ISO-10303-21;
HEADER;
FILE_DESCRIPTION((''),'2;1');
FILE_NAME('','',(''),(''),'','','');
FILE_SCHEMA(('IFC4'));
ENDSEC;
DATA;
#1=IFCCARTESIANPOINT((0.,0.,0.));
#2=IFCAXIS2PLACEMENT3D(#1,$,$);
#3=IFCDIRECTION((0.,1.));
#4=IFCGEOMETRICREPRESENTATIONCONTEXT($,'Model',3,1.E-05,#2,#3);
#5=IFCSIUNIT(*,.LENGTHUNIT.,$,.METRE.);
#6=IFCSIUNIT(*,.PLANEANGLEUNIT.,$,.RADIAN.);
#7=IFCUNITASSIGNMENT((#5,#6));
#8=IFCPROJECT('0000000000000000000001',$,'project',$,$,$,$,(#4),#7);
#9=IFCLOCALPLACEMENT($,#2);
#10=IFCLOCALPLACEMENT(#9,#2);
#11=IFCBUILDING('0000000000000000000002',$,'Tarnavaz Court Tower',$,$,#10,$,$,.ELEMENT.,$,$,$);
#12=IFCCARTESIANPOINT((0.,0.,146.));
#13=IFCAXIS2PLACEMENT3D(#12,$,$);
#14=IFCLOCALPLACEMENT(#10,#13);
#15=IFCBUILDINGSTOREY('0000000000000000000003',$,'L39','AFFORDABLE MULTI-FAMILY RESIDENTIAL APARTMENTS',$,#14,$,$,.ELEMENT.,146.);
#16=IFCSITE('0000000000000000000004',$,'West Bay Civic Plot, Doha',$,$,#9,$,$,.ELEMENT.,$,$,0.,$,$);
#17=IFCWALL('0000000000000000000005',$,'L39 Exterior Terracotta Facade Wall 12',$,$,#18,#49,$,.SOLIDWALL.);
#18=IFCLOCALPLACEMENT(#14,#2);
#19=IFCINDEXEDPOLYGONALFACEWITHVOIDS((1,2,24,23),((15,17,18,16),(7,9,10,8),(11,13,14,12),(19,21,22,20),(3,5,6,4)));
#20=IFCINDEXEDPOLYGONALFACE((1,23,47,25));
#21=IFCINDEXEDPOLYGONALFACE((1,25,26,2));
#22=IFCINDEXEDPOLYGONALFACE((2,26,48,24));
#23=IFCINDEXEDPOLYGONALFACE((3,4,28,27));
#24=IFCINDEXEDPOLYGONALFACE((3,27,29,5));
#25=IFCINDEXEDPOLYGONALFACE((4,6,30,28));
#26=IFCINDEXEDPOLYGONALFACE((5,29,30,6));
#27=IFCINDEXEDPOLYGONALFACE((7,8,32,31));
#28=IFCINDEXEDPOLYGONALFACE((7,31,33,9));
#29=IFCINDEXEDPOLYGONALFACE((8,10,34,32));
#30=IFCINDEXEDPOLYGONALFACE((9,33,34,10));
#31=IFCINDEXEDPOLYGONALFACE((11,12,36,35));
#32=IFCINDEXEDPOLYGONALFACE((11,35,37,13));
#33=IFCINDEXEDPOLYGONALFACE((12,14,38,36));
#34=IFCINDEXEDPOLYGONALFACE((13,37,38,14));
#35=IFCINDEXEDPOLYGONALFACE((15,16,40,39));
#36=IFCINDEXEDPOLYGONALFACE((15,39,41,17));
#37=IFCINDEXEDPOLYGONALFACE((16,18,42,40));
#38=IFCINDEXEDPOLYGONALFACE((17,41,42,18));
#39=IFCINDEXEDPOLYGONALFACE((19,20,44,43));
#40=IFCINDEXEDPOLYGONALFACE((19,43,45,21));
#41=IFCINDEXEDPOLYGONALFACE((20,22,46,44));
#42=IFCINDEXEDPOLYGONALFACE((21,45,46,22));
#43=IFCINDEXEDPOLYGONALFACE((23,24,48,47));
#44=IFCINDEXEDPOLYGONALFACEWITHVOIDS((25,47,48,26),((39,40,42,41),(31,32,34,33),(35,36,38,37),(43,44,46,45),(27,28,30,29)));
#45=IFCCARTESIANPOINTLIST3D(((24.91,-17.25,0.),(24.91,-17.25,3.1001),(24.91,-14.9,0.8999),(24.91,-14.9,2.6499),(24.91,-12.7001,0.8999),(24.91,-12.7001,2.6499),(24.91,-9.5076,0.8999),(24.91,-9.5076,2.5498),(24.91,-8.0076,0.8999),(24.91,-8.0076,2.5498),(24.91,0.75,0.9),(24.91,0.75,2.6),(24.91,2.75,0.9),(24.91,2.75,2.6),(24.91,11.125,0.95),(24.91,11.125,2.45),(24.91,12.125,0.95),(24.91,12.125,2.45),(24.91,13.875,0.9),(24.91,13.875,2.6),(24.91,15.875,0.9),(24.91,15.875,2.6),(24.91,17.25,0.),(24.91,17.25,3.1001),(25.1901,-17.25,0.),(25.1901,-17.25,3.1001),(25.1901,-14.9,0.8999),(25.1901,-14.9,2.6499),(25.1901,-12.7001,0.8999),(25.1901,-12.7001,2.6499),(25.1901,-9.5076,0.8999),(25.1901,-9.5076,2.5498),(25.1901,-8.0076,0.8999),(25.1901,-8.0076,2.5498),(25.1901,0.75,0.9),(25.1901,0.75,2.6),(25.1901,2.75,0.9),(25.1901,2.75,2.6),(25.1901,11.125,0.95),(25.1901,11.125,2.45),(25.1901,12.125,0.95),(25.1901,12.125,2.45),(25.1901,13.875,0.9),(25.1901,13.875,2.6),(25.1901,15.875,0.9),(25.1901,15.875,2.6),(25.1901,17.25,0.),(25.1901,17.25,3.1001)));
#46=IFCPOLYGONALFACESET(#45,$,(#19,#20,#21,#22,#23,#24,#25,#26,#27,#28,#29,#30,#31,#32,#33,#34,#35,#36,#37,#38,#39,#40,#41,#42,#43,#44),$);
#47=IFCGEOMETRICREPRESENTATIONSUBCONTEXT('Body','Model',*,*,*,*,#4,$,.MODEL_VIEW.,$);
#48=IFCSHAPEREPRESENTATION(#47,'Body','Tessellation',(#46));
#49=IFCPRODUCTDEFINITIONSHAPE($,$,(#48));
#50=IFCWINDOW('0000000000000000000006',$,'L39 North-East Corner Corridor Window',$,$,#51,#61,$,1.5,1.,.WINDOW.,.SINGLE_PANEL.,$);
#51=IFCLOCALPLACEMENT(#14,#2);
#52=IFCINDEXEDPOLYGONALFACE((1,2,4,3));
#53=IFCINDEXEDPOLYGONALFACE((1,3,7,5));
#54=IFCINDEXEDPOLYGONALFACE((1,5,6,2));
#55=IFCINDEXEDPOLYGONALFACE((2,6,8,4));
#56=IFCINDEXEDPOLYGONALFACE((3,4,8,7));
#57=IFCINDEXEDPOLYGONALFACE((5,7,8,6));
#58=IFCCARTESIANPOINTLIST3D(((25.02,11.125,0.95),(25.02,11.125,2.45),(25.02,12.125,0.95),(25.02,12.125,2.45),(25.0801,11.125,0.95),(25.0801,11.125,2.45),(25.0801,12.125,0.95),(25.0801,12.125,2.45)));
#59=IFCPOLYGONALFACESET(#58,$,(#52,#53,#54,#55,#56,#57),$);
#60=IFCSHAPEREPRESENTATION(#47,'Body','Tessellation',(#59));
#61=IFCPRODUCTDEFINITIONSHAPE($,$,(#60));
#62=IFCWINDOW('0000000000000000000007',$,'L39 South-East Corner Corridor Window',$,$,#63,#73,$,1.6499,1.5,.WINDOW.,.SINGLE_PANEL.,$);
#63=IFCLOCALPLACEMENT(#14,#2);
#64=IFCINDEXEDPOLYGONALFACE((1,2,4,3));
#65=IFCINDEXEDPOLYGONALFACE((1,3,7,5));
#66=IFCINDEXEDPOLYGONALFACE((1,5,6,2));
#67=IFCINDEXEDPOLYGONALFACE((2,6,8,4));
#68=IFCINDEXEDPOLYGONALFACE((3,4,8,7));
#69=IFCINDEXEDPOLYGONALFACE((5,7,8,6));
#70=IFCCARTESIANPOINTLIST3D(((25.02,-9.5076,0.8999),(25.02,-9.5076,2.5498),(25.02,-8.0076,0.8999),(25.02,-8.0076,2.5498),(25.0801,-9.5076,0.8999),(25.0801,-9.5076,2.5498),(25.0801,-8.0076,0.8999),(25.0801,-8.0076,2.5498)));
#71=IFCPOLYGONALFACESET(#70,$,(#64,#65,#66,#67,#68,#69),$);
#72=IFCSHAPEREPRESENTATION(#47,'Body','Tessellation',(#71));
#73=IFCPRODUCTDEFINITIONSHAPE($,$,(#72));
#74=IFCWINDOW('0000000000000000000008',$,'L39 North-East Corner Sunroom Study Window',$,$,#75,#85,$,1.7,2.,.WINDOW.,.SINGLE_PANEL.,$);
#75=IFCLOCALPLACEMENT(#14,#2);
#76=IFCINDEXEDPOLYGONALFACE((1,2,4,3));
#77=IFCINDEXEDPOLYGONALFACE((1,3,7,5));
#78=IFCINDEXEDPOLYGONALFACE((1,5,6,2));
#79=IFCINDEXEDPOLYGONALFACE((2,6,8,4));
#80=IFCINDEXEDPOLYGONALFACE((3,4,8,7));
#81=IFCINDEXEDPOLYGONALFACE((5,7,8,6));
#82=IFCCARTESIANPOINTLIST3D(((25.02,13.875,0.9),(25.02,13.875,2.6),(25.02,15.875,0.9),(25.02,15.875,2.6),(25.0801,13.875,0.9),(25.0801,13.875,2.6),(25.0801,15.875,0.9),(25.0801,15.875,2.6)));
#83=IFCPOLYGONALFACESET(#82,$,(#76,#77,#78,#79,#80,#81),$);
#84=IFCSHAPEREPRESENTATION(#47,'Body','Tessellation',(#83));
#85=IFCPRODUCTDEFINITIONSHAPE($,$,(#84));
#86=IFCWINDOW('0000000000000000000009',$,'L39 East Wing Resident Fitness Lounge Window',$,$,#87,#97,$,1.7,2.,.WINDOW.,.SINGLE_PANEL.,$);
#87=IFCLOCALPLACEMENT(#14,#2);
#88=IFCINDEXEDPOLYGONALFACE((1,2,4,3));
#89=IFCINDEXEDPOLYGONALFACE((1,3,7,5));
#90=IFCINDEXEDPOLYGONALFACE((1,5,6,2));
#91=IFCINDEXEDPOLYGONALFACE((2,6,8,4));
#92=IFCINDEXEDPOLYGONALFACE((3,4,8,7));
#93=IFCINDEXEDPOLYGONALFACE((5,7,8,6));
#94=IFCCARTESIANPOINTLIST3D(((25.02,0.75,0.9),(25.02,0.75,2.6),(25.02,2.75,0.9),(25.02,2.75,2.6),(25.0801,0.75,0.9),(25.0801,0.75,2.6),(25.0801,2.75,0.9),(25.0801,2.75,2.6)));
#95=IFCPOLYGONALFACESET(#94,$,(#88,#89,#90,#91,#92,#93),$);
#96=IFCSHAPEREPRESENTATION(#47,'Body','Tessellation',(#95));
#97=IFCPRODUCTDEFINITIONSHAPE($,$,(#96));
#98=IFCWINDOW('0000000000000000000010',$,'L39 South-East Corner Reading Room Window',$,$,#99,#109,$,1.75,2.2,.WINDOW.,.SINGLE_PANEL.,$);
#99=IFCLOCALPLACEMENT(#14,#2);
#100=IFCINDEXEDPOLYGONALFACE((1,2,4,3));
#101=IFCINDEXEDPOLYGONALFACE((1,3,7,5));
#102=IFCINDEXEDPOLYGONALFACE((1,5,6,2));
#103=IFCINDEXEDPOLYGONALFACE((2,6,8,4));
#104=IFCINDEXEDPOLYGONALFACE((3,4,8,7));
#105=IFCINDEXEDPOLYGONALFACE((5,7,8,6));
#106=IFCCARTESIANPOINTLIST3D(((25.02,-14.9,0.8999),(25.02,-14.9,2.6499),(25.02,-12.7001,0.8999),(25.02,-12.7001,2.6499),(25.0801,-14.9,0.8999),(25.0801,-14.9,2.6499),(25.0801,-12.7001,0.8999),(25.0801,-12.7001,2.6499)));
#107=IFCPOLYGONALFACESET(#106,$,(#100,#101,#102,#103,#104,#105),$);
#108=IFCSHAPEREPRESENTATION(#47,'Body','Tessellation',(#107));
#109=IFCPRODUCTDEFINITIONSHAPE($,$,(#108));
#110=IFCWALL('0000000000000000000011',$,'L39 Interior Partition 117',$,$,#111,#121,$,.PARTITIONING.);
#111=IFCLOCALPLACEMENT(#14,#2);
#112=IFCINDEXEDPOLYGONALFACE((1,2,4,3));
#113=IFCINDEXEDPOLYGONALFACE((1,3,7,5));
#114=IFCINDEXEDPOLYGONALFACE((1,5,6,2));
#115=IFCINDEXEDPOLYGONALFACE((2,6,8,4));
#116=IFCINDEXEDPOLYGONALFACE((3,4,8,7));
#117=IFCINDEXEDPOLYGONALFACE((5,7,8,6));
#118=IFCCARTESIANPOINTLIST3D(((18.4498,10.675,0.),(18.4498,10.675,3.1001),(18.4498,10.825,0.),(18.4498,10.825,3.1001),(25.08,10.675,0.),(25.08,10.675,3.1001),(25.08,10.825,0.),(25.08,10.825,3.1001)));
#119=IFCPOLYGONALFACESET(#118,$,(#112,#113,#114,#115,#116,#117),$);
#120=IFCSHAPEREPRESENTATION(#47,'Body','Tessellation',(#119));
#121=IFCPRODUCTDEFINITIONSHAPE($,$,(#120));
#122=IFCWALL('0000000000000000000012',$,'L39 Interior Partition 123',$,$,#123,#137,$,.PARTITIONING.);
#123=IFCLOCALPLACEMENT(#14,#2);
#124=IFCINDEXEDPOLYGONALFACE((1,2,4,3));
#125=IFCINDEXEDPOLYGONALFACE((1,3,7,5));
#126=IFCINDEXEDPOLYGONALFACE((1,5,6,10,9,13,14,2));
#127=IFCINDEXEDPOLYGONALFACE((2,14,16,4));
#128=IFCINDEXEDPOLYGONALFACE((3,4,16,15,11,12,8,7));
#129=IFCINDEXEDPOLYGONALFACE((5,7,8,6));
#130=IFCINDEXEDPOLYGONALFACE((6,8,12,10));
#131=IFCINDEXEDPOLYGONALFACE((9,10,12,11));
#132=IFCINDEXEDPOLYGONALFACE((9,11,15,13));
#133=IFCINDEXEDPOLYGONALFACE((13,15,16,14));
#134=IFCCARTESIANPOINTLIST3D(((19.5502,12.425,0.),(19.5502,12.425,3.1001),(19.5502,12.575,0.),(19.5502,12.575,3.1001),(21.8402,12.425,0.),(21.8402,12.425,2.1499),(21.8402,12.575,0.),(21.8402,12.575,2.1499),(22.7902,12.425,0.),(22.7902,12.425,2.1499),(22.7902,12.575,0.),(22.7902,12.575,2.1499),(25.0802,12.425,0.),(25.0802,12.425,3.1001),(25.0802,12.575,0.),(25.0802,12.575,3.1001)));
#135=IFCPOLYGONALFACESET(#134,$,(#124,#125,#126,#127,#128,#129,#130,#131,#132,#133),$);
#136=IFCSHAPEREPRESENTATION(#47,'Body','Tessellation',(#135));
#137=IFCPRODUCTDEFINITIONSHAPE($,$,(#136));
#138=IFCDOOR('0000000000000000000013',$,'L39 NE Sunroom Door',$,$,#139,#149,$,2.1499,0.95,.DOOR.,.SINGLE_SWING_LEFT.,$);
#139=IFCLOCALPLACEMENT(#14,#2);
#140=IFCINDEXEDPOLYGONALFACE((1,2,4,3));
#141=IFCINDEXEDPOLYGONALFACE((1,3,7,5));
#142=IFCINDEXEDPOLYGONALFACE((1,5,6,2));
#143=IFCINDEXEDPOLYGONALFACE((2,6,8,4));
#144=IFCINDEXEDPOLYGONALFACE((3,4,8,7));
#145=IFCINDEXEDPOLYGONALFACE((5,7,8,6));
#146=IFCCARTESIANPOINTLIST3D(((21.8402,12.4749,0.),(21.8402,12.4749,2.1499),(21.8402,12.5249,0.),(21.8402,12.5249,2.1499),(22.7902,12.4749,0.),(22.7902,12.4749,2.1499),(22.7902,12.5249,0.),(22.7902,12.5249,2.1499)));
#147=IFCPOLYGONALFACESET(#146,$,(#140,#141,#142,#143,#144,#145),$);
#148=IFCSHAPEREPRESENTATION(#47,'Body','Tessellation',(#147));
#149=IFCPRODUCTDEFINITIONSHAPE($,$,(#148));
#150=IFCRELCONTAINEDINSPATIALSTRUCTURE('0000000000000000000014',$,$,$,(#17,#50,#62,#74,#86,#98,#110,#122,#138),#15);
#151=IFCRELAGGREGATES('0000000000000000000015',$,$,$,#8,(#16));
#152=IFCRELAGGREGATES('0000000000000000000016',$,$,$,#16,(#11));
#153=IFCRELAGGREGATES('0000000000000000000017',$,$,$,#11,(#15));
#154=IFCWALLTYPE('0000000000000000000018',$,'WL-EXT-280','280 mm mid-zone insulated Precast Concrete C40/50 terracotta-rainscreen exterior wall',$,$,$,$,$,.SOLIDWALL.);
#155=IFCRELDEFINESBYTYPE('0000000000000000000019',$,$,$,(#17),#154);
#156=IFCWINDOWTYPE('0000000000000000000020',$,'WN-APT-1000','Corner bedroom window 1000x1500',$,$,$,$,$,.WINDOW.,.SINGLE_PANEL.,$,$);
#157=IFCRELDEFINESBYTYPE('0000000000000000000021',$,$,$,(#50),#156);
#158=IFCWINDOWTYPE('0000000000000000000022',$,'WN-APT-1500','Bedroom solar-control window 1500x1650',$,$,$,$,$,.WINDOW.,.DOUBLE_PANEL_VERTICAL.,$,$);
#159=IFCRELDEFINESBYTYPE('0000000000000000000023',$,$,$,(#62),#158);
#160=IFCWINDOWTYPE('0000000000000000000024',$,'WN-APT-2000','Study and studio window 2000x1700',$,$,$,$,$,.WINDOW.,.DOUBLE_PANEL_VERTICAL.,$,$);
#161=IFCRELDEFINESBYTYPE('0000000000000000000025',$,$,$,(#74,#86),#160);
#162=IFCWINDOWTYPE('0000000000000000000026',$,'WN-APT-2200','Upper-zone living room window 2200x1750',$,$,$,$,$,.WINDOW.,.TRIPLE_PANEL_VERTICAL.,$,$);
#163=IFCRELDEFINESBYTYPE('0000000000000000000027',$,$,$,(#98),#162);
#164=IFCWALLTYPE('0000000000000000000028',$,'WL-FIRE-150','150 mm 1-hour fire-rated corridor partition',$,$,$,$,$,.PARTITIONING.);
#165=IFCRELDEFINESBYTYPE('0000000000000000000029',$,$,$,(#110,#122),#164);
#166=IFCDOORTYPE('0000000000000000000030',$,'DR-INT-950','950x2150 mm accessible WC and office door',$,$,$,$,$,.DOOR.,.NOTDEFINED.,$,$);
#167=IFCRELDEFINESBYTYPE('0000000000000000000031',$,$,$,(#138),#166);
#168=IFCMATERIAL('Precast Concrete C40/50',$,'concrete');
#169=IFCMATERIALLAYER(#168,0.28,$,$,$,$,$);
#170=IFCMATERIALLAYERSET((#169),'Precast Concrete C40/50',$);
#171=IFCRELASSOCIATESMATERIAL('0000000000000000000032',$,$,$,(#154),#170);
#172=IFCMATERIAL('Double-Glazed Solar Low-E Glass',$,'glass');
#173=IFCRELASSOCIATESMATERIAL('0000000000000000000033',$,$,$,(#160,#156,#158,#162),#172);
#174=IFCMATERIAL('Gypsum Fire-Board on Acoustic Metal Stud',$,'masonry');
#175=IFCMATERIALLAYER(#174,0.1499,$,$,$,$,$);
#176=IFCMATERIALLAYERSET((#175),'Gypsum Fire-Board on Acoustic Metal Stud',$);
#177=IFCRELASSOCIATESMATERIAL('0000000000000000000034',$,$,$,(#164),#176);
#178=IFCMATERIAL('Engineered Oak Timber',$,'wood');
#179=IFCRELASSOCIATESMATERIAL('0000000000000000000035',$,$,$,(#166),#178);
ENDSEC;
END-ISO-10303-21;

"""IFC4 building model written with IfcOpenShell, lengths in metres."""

from ifc_helpers import new_model, si_unit, direction, frame, frame_2d, origin, place, context, subcontext, project, spatial, rectangle, extrude, material, layer, layer_set, type_object, element, fill, save


model = new_model("IFC4")

# Units and contexts
model_context = context("Model", 3, precision=1e-05, world=origin(), true_north=direction((0.0, 1.0)))
body_context = subcontext(model_context, "Body", "Model", "MODEL_VIEW")
ifc_project = project(units=[si_unit("LENGTHUNIT", "METRE"), si_unit("PLANEANGLEUNIT", "RADIAN")], contexts=[model_context])

# Site, building, storey
site_placement = place(None, origin())
site = spatial("IfcSite", under=ifc_project, at=site_placement, Name="West Bay Civic Plot, Doha", CompositionType="ELEMENT", RefElevation=0.0)
building_placement = place(site_placement, origin())
building = spatial("IfcBuilding", under=site, at=building_placement, Name="Tarnavaz Court Tower", CompositionType="ELEMENT")
storey_placement = place(building_placement, frame((0.0, 0.0, 146.0)))
storey = spatial("IfcBuildingStorey", under=building, at=storey_placement, Name="L39", Description="AFFORDABLE MULTI-FAMILY RESIDENTIAL APARTMENTS", CompositionType="ELEMENT", Elevation=146.0)

# Shared definitions
ifc_material_1 = material(Name="Precast Concrete C40/50", Category="concrete")
ifc_layer_1 = layer(ifc_material_1, 0.28)
ifc_layer_set_1 = layer_set([ifc_layer_1], Name="Precast Concrete C40/50")
wall_type_1 = type_object("IfcWallType", Name="WL-EXT-280", Description="280 mm mid-zone insulated Precast Concrete C40/50 terracotta-rainscreen exterior wall", PredefinedType="SOLIDWALL", material=ifc_layer_set_1)
ifc_material_2 = material(Name="Double-Glazed Solar Low-E Glass", Category="glass")
window_type_1 = type_object("IfcWindowType", Name="WN-APT-2000", Description="Study and studio window 2000x1700", PartitioningType="DOUBLE_PANEL_VERTICAL", PredefinedType="WINDOW", material=ifc_material_2)

# Wall, openings, windows
wall_1_placement = place(storey_placement, frame((25.05, 17.25, 0.0), z_axis=(0.0, 0.0, 1.0), x_axis=(0.0, -1.0, 0.0)))
wall_1 = element("IfcWall", 1, at=wall_1_placement, inside=storey, type_object=wall_type_1, Name="L39 Exterior Terracotta Facade Wall 12", PredefinedType="SOLIDWALL", context=body_context, shape_type="SweptSolid", body=[
    extrude(rectangle(XDim=34.5, YDim=0.28, at=frame_2d((17.25, 0.0))), origin(), (0.0, 0.0, 1.0), 3.1001),
])
opening_1_placement = place(wall_1_placement, frame((1.375, 0.0, 0.8999)))
opening_1 = element("IfcOpeningElement", 2, at=opening_1_placement, cuts=wall_1, PredefinedType="OPENING", context=body_context, shape_type="SweptSolid", body=[
    extrude(rectangle(XDim=2.0, YDim=1.7, at=frame_2d((1.0, 0.8501))), frame((0.0, 0.1499, 0.0), z_axis=(0.0, -1.0, 0.0), x_axis=(1.0, 0.0, 0.0)), (0.0, 0.0, 1.0), 0.3),
])
opening_2_placement = place(wall_1_placement, frame((5.125, 0.0, 0.95)))
opening_2 = element("IfcOpeningElement", 3, at=opening_2_placement, cuts=wall_1, PredefinedType="OPENING", context=body_context, shape_type="SweptSolid", body=[
    extrude(rectangle(XDim=1.0, YDim=1.5, at=frame_2d((0.5, 0.75))), frame((0.0, 0.1499, 0.0), z_axis=(0.0, -1.0, 0.0), x_axis=(1.0, 0.0, 0.0)), (0.0, 0.0, 1.0), 0.3),
])
opening_3_placement = place(wall_1_placement, frame((14.5, 0.0, 0.8999)))
opening_3 = element("IfcOpeningElement", 4, at=opening_3_placement, cuts=wall_1, PredefinedType="OPENING", context=body_context, shape_type="SweptSolid", body=[
    extrude(rectangle(XDim=2.0, YDim=1.7, at=frame_2d((1.0, 0.8501))), frame((0.0, 0.1499, 0.0), z_axis=(0.0, -1.0, 0.0), x_axis=(1.0, 0.0, 0.0)), (0.0, 0.0, 1.0), 0.3),
])
opening_4_placement = place(wall_1_placement, frame((25.2576, 0.0, 0.8999)))
opening_4 = element("IfcOpeningElement", 5, at=opening_4_placement, cuts=wall_1, PredefinedType="OPENING", context=body_context, shape_type="SweptSolid", body=[
    extrude(rectangle(XDim=1.5, YDim=1.6499, at=frame_2d((0.75, 0.825))), frame((0.0, 0.1499, 0.0), z_axis=(0.0, -1.0, 0.0), x_axis=(1.0, 0.0, 0.0)), (0.0, 0.0, 1.0), 0.3),
])
opening_5_placement = place(wall_1_placement, frame((29.95, 0.0, 0.8999)))
opening_5 = element("IfcOpeningElement", 6, at=opening_5_placement, cuts=wall_1, PredefinedType="OPENING", context=body_context, shape_type="SweptSolid", body=[
    extrude(rectangle(XDim=2.2, YDim=1.75, at=frame_2d((1.1001, 0.875))), frame((0.0, 0.1499, 0.0), z_axis=(0.0, -1.0, 0.0), x_axis=(1.0, 0.0, 0.0)), (0.0, 0.0, 1.0), 0.3),
])
window_type_2 = type_object("IfcWindowType", Name="WN-APT-1000", Description="Corner bedroom window 1000x1500", PartitioningType="SINGLE_PANEL", PredefinedType="WINDOW", material=ifc_material_2)
window_1_placement = place(opening_2_placement, origin())
window_1 = element("IfcWindow", 7, at=window_1_placement, inside=storey, type_object=window_type_2, Name="L39 North-East Corner Corridor Window", OverallHeight=1.5, OverallWidth=1.0, PartitioningType="SINGLE_PANEL", PredefinedType="WINDOW", context=body_context, shape_type="SweptSolid", body=[
    extrude(rectangle(XDim=1.0, YDim=1.5, at=frame_2d((0.5, 0.75))), frame((0.0, 0.03, 0.0), z_axis=(0.0, -1.0, 0.0), x_axis=(1.0, 0.0, 0.0)), (0.0, 0.0, 1.0), 0.0601),
])
fill(opening_2, window_1)
window_type_3 = type_object("IfcWindowType", Name="WN-APT-1500", Description="Bedroom solar-control window 1500x1650", PartitioningType="DOUBLE_PANEL_VERTICAL", PredefinedType="WINDOW", material=ifc_material_2)
window_2_placement = place(opening_4_placement, origin())
window_2 = element("IfcWindow", 8, at=window_2_placement, inside=storey, type_object=window_type_3, Name="L39 South-East Corner Corridor Window", OverallHeight=1.6499, OverallWidth=1.5, PartitioningType="SINGLE_PANEL", PredefinedType="WINDOW", context=body_context, shape_type="SweptSolid", body=[
    extrude(rectangle(XDim=1.5, YDim=1.6499, at=frame_2d((0.75, 0.825))), frame((0.0, 0.03, 0.0), z_axis=(0.0, -1.0, 0.0), x_axis=(1.0, 0.0, 0.0)), (0.0, 0.0, 1.0), 0.0601),
])
fill(opening_4, window_2)
window_3_placement = place(opening_1_placement, origin())
window_3 = element("IfcWindow", 9, at=window_3_placement, inside=storey, type_object=window_type_1, Name="L39 North-East Corner Sunroom Study Window", OverallHeight=1.7, OverallWidth=2.0, PartitioningType="SINGLE_PANEL", PredefinedType="WINDOW", context=body_context, shape_type="SweptSolid", body=[
    extrude(rectangle(XDim=2.0, YDim=1.7, at=frame_2d((1.0, 0.8501))), frame((0.0, 0.03, 0.0), z_axis=(0.0, -1.0, 0.0), x_axis=(1.0, 0.0, 0.0)), (0.0, 0.0, 1.0), 0.0601),
])
fill(opening_1, window_3)
window_4_placement = place(opening_3_placement, origin())
window_4 = element("IfcWindow", 10, at=window_4_placement, inside=storey, type_object=window_type_1, Name="L39 East Wing Resident Fitness Lounge Window", OverallHeight=1.7, OverallWidth=2.0, PartitioningType="SINGLE_PANEL", PredefinedType="WINDOW", context=body_context, shape_type="SweptSolid", body=[
    extrude(rectangle(XDim=2.0, YDim=1.7, at=frame_2d((1.0, 0.8501))), frame((0.0, 0.03, 0.0), z_axis=(0.0, -1.0, 0.0), x_axis=(1.0, 0.0, 0.0)), (0.0, 0.0, 1.0), 0.0601),
])
fill(opening_3, window_4)
window_type_4 = type_object("IfcWindowType", Name="WN-APT-2200", Description="Upper-zone living room window 2200x1750", PartitioningType="TRIPLE_PANEL_VERTICAL", PredefinedType="WINDOW", material=ifc_material_2)
window_5_placement = place(opening_5_placement, origin())
window_5 = element("IfcWindow", 11, at=window_5_placement, inside=storey, type_object=window_type_4, Name="L39 South-East Corner Reading Room Window", OverallHeight=1.75, OverallWidth=2.2, PartitioningType="SINGLE_PANEL", PredefinedType="WINDOW", context=body_context, shape_type="SweptSolid", body=[
    extrude(rectangle(XDim=2.2, YDim=1.75, at=frame_2d((1.1001, 0.875))), frame((0.0, 0.03, 0.0), z_axis=(0.0, -1.0, 0.0), x_axis=(1.0, 0.0, 0.0)), (0.0, 0.0, 1.0), 0.0601),
])
fill(opening_5, window_5)

# Wall
ifc_material_3 = material(Name="Gypsum Fire-Board on Acoustic Metal Stud", Category="masonry")
ifc_layer_2 = layer(ifc_material_3, 0.1499)
ifc_layer_set_2 = layer_set([ifc_layer_2], Name="Gypsum Fire-Board on Acoustic Metal Stud")
wall_type_2 = type_object("IfcWallType", Name="WL-FIRE-150", Description="150 mm 1-hour fire-rated corridor partition", PredefinedType="PARTITIONING", material=ifc_layer_set_2)
wall_2_placement = place(storey_placement, frame((18.45, 10.75, 0.0), z_axis=(0.0, 0.0, 1.0), x_axis=(1.0, 0.0, 0.0)))
element("IfcWall", 12, at=wall_2_placement, inside=storey, type_object=wall_type_2, Name="L39 Interior Partition 117", PredefinedType="PARTITIONING", context=body_context, shape_type="SweptSolid", body=[
    extrude(rectangle(XDim=6.6301, YDim=0.1499, at=frame_2d((3.3149, 0.0))), origin(), (0.0, 0.0, 1.0), 3.1001),
])

# Wall, opening, door
wall_3_placement = place(storey_placement, frame((19.55, 12.5, 0.0), z_axis=(0.0, 0.0, 1.0), x_axis=(1.0, 0.0, 0.0)))
wall_3 = element("IfcWall", 13, at=wall_3_placement, inside=storey, type_object=wall_type_2, Name="L39 Interior Partition 123", PredefinedType="PARTITIONING", context=body_context, shape_type="SweptSolid", body=[
    extrude(rectangle(XDim=5.53, YDim=0.1499, at=frame_2d((2.7651, 0.0))), origin(), (0.0, 0.0, 1.0), 3.1001),
])
opening_6_placement = place(wall_3_placement, frame((2.29, 0.0, 0.0)))
opening_6 = element("IfcOpeningElement", 14, at=opening_6_placement, cuts=wall_3, PredefinedType="OPENING", context=body_context, shape_type="SweptSolid", body=[
    extrude(rectangle(XDim=0.95, YDim=2.1499, at=frame_2d((0.4751, 1.075))), frame((0.0, 0.085, 0.0), z_axis=(0.0, -1.0, 0.0), x_axis=(1.0, 0.0, 0.0)), (0.0, 0.0, 1.0), 0.1699),
])
ifc_material_4 = material(Name="Engineered Oak Timber", Category="wood")
door_type_1 = type_object("IfcDoorType", Name="DR-INT-950", Description="950x2150 mm accessible WC and office door", OperationType="NOTDEFINED", PredefinedType="DOOR", material=ifc_material_4)
door_1_placement = place(opening_6_placement, origin())
door_1 = element("IfcDoor", 15, at=door_1_placement, inside=storey, type_object=door_type_1, Name="L39 NE Sunroom Door", OperationType="SINGLE_SWING_LEFT", OverallHeight=2.1499, OverallWidth=0.95, PredefinedType="DOOR", context=body_context, shape_type="SweptSolid", body=[
    extrude(rectangle(XDim=0.95, YDim=2.1499, at=frame_2d((0.4751, 1.075))), frame((0.0, 0.0249, 0.0), z_axis=(0.0, -1.0, 0.0), x_axis=(1.0, 0.0, 0.0)), (0.0, 0.0, 1.0), 0.05),
])
fill(opening_6, door_1)

save(model, "model.ifc")
